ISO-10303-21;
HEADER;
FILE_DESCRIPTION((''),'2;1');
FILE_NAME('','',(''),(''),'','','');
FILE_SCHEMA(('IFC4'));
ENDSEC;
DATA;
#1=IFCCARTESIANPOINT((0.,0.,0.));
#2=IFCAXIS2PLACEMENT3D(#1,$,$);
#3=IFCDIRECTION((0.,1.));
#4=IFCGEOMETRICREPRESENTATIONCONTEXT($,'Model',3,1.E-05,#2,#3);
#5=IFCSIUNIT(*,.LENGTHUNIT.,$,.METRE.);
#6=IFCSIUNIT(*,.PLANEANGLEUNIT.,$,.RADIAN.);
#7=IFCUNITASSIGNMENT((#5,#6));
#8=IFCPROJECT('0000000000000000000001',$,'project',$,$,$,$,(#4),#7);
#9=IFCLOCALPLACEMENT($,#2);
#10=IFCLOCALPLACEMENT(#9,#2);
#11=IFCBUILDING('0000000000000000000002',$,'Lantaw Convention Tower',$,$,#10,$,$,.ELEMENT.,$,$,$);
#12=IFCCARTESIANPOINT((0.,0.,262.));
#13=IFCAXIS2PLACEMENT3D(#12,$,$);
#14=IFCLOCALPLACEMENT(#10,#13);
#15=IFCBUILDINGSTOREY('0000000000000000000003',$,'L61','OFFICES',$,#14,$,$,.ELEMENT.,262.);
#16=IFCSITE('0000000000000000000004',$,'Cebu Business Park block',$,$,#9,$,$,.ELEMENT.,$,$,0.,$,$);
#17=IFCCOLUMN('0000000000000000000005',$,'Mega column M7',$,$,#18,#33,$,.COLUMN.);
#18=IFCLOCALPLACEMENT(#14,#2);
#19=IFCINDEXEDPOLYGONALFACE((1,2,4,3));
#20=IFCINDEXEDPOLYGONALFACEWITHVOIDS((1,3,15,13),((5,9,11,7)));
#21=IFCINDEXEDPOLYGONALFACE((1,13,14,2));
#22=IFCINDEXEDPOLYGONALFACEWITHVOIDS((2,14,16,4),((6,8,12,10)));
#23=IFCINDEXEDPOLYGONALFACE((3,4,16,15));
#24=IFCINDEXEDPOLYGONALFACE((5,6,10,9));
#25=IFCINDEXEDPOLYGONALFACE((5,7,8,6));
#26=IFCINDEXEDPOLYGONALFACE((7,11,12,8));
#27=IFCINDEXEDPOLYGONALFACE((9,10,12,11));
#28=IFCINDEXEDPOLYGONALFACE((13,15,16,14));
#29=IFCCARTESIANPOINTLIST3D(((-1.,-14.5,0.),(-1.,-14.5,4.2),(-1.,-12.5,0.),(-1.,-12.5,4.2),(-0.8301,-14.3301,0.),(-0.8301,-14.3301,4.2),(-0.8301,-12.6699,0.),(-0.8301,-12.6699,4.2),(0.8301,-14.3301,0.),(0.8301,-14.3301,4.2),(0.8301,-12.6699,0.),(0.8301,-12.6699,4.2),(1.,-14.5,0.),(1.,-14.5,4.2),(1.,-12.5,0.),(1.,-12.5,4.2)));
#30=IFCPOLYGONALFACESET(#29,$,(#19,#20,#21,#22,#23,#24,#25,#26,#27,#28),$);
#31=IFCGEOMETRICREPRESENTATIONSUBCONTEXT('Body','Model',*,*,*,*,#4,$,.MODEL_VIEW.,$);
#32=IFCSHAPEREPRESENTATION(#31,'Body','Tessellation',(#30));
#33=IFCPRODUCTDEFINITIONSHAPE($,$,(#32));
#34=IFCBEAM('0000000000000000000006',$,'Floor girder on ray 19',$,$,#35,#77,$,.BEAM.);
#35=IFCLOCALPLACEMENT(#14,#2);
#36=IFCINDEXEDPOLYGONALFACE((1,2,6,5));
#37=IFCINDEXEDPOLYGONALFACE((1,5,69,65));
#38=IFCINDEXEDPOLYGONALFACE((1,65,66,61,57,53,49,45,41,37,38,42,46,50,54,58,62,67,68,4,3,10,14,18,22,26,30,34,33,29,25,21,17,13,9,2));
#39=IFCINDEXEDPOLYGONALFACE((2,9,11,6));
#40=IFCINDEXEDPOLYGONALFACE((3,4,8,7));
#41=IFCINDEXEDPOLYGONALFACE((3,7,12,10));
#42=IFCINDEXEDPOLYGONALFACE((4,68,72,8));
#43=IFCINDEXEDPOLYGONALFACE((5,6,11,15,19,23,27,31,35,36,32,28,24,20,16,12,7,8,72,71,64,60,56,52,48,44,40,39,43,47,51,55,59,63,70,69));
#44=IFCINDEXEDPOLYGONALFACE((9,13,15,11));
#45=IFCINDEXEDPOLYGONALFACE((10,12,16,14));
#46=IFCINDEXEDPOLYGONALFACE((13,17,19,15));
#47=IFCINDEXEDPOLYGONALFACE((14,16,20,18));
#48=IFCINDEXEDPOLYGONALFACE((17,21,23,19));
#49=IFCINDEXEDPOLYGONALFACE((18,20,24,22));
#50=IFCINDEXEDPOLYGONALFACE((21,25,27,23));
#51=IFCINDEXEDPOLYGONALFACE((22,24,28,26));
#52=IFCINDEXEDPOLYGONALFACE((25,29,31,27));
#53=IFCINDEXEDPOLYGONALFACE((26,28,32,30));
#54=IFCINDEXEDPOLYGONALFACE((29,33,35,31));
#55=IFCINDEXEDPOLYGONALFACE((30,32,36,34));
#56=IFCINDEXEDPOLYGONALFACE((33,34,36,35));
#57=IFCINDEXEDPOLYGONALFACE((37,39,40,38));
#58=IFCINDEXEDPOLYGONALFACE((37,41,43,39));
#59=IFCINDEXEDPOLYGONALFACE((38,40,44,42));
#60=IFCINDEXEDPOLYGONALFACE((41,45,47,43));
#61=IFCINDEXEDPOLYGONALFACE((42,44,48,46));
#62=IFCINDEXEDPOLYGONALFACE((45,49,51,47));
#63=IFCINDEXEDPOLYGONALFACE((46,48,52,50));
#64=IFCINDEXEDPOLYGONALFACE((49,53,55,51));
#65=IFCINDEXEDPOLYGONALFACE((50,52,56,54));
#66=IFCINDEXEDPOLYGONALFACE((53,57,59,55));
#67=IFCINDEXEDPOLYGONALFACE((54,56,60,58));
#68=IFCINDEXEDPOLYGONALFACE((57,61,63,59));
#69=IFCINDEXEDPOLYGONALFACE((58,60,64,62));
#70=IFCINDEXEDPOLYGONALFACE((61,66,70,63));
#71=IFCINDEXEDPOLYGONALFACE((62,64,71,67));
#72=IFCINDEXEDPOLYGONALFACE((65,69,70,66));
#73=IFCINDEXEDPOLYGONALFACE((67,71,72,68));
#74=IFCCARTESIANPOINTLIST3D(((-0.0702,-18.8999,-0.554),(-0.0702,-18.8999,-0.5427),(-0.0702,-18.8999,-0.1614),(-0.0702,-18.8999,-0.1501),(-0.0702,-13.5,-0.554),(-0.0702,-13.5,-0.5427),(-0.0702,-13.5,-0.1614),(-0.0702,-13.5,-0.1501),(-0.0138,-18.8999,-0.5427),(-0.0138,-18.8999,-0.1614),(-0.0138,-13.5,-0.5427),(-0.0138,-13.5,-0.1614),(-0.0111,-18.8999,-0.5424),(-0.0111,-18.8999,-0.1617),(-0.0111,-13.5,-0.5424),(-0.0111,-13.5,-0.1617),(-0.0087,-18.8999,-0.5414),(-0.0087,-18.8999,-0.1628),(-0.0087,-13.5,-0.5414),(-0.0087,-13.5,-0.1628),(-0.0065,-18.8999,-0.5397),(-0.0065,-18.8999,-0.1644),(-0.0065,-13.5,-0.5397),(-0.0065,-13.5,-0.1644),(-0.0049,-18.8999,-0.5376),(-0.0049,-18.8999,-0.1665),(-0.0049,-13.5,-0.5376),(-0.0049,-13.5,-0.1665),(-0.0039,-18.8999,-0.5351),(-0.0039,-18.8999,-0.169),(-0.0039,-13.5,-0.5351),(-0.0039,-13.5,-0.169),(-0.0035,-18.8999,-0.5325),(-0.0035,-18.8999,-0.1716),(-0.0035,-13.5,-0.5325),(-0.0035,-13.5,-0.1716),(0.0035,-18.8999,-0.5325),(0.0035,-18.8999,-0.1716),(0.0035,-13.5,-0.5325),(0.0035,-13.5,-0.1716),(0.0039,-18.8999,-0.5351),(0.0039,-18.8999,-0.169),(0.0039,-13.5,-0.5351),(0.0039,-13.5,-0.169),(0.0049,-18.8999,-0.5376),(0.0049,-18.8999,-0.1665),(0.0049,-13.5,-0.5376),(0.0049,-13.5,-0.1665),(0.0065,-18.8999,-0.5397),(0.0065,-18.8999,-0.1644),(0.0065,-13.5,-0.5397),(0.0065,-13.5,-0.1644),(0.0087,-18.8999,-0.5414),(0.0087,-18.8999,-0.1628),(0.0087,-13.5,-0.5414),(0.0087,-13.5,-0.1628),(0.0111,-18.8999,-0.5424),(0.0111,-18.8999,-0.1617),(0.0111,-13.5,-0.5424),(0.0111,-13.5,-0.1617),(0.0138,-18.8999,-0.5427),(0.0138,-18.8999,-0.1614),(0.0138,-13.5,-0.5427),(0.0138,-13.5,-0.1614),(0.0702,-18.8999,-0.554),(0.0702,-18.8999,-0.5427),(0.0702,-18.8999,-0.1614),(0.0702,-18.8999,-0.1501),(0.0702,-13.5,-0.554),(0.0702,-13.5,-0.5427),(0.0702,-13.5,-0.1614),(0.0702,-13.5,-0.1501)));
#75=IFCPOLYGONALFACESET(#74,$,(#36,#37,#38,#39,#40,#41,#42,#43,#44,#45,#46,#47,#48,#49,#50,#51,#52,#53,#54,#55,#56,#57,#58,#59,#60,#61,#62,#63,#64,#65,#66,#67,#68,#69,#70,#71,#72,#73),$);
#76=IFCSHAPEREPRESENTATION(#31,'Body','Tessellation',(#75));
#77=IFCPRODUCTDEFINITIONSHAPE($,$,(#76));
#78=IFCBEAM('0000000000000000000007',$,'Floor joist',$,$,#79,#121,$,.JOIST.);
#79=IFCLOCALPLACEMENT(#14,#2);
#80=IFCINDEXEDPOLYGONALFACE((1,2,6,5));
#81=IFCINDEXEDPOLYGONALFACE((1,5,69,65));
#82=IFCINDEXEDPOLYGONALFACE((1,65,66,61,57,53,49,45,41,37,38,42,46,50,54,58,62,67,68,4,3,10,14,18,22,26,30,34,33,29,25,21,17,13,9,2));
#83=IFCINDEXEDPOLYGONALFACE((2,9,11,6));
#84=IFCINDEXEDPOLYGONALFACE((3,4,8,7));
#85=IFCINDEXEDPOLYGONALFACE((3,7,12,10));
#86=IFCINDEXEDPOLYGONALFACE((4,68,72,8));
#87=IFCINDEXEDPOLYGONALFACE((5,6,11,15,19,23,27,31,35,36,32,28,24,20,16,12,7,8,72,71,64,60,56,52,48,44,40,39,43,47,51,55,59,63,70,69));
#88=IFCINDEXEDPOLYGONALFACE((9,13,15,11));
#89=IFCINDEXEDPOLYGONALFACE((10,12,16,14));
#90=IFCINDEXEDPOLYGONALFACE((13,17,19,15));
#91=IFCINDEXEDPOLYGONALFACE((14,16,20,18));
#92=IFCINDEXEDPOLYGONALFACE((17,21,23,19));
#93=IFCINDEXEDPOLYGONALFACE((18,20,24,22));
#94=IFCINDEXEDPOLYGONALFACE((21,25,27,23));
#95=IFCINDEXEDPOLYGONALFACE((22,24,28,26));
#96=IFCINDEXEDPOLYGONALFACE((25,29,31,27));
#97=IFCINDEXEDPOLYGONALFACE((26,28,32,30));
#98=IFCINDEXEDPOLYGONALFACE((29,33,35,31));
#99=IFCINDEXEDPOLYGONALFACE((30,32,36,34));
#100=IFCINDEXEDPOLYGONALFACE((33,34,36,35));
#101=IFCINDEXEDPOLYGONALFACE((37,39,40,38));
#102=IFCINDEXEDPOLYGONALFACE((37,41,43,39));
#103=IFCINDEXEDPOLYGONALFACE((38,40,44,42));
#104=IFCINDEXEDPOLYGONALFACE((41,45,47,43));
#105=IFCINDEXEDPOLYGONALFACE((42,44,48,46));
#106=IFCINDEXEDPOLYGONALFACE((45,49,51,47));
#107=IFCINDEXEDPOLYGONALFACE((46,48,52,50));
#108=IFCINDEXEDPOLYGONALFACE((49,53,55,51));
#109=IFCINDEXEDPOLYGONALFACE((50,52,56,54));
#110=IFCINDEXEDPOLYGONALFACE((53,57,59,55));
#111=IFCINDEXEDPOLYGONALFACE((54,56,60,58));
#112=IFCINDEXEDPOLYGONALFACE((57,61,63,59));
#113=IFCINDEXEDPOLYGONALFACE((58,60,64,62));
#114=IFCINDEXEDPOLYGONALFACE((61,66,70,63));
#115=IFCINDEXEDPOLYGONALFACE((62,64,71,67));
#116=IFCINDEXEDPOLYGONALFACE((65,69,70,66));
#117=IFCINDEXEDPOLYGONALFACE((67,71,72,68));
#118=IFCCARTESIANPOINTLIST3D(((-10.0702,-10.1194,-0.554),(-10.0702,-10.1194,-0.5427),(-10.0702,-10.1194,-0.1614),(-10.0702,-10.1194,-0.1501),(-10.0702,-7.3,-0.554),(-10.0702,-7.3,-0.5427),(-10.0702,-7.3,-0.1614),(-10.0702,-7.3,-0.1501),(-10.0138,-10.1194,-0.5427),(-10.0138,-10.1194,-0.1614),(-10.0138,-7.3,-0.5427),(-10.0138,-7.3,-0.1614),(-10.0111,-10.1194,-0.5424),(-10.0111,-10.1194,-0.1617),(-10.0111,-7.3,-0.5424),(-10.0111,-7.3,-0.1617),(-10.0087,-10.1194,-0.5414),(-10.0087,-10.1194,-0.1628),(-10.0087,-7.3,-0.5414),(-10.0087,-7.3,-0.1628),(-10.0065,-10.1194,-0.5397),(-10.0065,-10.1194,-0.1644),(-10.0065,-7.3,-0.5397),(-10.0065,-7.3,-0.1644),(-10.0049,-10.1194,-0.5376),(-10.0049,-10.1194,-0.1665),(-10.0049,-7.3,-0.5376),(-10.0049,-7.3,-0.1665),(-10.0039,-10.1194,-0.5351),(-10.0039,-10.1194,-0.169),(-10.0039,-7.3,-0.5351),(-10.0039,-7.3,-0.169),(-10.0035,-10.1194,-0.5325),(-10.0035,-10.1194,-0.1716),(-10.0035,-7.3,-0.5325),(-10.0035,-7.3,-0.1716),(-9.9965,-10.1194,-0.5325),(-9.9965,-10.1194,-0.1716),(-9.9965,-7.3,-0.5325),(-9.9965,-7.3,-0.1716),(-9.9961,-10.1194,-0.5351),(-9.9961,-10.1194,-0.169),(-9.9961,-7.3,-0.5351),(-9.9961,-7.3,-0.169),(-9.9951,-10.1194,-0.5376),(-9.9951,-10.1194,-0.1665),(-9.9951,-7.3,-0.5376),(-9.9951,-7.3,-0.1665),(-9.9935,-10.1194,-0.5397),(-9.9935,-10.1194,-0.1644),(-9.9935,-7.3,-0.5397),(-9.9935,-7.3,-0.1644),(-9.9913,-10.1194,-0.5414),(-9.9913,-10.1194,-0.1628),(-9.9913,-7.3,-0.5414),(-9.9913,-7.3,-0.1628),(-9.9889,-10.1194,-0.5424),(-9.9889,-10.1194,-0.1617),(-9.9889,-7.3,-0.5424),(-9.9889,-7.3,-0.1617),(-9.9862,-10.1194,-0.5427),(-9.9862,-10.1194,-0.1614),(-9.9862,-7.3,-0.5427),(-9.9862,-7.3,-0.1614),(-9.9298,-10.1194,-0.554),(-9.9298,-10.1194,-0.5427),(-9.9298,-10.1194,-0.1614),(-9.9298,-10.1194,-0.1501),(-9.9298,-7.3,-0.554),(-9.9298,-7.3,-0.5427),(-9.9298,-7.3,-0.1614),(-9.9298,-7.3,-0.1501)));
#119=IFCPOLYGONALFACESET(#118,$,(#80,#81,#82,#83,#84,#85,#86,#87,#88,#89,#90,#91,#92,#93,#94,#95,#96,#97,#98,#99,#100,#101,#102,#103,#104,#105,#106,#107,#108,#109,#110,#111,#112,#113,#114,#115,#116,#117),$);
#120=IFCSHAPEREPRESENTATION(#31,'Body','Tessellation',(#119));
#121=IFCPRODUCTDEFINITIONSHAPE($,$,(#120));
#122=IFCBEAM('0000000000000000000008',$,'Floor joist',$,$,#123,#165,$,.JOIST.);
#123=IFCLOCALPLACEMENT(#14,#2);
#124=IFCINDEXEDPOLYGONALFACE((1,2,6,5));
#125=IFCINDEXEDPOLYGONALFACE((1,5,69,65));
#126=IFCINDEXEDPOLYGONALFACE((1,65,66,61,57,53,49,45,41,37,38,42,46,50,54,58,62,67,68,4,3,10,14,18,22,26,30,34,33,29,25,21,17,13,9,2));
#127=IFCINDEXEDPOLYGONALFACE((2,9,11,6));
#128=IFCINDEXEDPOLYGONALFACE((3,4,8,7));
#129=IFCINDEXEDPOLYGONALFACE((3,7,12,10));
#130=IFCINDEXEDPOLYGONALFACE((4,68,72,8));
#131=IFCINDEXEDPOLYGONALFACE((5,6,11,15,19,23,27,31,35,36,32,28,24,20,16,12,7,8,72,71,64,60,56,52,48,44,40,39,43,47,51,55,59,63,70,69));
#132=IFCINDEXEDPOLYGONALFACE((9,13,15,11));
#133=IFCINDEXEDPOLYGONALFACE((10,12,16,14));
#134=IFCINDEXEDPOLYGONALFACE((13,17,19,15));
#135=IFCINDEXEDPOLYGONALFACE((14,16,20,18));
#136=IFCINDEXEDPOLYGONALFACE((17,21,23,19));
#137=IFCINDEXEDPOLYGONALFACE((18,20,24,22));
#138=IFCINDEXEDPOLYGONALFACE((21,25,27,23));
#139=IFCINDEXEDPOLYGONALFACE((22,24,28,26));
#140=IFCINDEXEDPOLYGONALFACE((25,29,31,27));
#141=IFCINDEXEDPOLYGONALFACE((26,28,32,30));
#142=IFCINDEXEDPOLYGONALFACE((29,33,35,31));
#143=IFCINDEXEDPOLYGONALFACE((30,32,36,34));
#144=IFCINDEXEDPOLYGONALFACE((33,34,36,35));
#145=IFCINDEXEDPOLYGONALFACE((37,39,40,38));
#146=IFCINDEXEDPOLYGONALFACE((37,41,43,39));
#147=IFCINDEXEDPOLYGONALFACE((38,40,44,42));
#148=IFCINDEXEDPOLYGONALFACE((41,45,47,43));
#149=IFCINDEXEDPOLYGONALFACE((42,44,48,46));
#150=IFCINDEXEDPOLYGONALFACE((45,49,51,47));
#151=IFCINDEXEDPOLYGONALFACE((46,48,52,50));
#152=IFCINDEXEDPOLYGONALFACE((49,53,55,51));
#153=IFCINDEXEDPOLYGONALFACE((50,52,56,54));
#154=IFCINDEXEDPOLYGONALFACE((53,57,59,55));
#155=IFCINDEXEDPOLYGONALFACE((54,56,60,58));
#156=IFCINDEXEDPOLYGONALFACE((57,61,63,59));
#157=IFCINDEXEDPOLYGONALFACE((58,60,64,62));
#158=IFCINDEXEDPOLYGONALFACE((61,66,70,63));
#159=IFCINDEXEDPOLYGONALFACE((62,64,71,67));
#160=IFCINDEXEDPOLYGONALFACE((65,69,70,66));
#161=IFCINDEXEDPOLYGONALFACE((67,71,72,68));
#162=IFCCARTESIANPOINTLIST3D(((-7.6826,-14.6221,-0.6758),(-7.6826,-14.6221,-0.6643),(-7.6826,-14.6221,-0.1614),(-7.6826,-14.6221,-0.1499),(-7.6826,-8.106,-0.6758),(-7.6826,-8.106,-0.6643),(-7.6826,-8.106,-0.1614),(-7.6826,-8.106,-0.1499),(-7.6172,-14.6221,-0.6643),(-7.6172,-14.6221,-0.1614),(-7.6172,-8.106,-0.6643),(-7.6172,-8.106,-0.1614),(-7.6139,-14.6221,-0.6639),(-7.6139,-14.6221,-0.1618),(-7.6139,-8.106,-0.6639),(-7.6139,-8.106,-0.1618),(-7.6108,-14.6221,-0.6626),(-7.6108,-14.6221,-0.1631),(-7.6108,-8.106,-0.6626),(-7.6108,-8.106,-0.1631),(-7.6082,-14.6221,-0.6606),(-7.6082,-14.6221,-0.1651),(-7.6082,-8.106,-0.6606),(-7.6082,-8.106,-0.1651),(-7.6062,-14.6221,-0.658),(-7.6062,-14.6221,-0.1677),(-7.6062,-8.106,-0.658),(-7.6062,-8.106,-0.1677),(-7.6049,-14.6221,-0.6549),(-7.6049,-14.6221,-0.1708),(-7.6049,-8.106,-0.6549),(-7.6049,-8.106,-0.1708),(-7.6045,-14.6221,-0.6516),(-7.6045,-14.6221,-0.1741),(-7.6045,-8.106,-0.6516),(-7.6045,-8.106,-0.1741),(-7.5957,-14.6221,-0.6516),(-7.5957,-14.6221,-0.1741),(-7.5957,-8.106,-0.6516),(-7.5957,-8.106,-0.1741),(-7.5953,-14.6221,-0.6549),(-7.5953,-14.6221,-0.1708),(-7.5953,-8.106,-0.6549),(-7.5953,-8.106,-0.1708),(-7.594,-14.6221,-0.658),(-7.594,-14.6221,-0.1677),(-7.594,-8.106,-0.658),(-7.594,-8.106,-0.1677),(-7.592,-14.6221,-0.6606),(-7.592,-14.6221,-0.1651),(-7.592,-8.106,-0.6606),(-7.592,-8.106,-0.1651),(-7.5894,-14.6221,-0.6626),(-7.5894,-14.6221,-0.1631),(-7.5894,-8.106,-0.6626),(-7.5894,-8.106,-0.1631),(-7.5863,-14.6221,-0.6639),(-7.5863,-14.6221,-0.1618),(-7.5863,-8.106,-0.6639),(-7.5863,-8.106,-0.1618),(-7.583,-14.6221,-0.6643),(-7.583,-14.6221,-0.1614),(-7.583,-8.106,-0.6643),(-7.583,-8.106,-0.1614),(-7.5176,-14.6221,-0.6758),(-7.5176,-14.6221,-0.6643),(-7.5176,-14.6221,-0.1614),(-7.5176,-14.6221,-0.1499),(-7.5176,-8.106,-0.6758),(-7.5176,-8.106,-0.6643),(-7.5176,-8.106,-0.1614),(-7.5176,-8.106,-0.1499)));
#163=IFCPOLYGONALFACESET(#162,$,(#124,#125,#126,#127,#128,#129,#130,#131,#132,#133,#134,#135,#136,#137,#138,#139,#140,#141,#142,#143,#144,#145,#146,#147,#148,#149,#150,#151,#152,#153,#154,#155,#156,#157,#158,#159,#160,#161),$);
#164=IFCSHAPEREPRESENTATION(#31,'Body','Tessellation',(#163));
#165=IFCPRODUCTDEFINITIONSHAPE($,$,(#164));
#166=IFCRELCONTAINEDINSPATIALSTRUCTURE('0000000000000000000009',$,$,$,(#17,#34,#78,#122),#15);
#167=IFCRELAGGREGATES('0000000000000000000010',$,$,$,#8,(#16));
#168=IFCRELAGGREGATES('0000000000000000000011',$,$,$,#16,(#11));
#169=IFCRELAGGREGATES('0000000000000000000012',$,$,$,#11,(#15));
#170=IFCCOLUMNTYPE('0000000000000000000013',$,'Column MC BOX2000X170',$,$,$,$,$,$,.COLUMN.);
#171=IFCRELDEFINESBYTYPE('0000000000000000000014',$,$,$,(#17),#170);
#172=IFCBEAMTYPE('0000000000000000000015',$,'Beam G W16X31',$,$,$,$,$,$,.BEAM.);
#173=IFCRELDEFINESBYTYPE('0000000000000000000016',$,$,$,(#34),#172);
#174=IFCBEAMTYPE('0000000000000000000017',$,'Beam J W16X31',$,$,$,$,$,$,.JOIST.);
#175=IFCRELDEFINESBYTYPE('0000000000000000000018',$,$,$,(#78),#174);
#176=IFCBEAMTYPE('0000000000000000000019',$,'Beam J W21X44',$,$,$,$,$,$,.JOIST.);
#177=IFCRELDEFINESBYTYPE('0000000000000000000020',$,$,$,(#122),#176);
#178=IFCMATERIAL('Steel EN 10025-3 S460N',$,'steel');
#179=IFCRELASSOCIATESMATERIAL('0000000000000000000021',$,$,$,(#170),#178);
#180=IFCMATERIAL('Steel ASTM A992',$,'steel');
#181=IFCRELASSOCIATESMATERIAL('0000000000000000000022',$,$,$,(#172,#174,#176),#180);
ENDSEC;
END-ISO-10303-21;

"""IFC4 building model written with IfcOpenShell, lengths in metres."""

from ifc_helpers import new_model, si_unit, direction, frame, origin, origin_2d, place, context, subcontext, project, spatial, rectangle, hollow_rectangle, i_section, extrude, material, material_profile, profile_set, type_object, element, save


model = new_model("IFC4")

# Units and contexts
model_context = context("Model", 3, precision=1e-05, world=origin(), true_north=direction((0.0, 1.0)))
body_context = subcontext(model_context, "Body", "Model", "MODEL_VIEW")
ifc_project = project(units=[si_unit("LENGTHUNIT", "METRE"), si_unit("PLANEANGLEUNIT", "RADIAN")], contexts=[model_context])

# Site, building, storey
site_placement = place(None, origin())
site = spatial("IfcSite", under=ifc_project, at=site_placement, Name="Cebu Business Park block", CompositionType="ELEMENT", RefElevation=0.0)
building_placement = place(site_placement, origin())
building = spatial("IfcBuilding", under=site, at=building_placement, Name="Lantaw Convention Tower", CompositionType="ELEMENT")
storey_placement = place(building_placement, frame((0.0, 0.0, 262.0)))
storey = spatial("IfcBuildingStorey", under=building, at=storey_placement, Name="L61", Description="OFFICES", CompositionType="ELEMENT", Elevation=262.0)

# Column
ifc_material_1 = material(Name="Steel EN 10025-3 S460N", Category="steel")
ifc_material_profile_1 = material_profile(ifc_material_1, hollow_rectangle(XDim=2.0, YDim=2.0, WallThickness=0.1699, at=origin_2d()), Name="BOX2000X170")
ifc_material_2 = material(Name="Concrete C60/75", Category="concrete")
ifc_material_profile_2 = material_profile(ifc_material_2, rectangle(XDim=1.6599, YDim=1.6599, at=origin_2d()), Name="Concrete fill of BOX2000X170")
ifc_profile_set_1 = profile_set([ifc_material_profile_1, ifc_material_profile_2], Name="Steel EN 10025-3 S460N")
column_type = type_object("IfcColumnType", Name="Column MC BOX2000X170", PredefinedType="COLUMN", material=ifc_profile_set_1)
column_placement = place(storey_placement, frame((0.0, -13.5, 0.0), z_axis=(0.0, 0.0, 1.0), x_axis=(1.0, 0.0, 0.0)))
element("IfcColumn", 1, at=column_placement, inside=storey, type_object=column_type, Name="Mega column M7", PredefinedType="COLUMN", context=body_context, shape_type="SweptSolid", body=[
    extrude(hollow_rectangle(XDim=2.0, YDim=2.0, WallThickness=0.1699, at=origin_2d()), origin(), (0.0, 0.0, 1.0), 4.2),
])

# Beams
ifc_material_3 = material(Name="Steel ASTM A992", Category="steel")
ifc_material_profile_3 = material_profile(ifc_material_3, i_section(OverallWidth=0.1404, OverallDepth=0.4038, WebThickness=0.0071, FlangeThickness=0.0112, FilletRadius=0.0103, at=origin_2d()), Name="W16X31")
ifc_profile_set_2 = profile_set([ifc_material_profile_3], Name="Steel ASTM A992")
beam_type_1 = type_object("IfcBeamType", Name="Beam G W16X31", PredefinedType="BEAM", material=ifc_profile_set_2)
beam_1_placement = place(storey_placement, frame((0.0, -13.5, -0.3521), z_axis=(0.0, -1.0, 0.0), x_axis=(1.0, 0.0, 0.0)))
element("IfcBeam", 2, at=beam_1_placement, inside=storey, type_object=beam_type_1, Name="Floor girder on ray 19", PredefinedType="BEAM", context=body_context, shape_type="SweptSolid", body=[
    extrude(i_section(OverallWidth=0.1404, OverallDepth=0.4038, WebThickness=0.0071, FlangeThickness=0.0112, FilletRadius=0.0103, at=origin_2d()), origin(), (0.0, 0.0, 1.0), 5.3999),
])
ifc_material_profile_4 = material_profile(ifc_material_3, i_section(OverallWidth=0.1404, OverallDepth=0.4038, WebThickness=0.0071, FlangeThickness=0.0112, FilletRadius=0.0103, at=origin_2d()), Name="W16X31")
ifc_profile_set_3 = profile_set([ifc_material_profile_4], Name="Steel ASTM A992")
beam_type_2 = type_object("IfcBeamType", Name="Beam J W16X31", PredefinedType="JOIST", material=ifc_profile_set_3)
beam_2_placement = place(storey_placement, frame((-10.0, -10.1194, -0.3521), z_axis=(0.0, 1.0, 0.0), x_axis=(-1.0, 0.0, 0.0)))
element("IfcBeam", 3, at=beam_2_placement, inside=storey, type_object=beam_type_2, Name="Floor joist", PredefinedType="JOIST", context=body_context, shape_type="SweptSolid", body=[
    extrude(i_section(OverallWidth=0.1404, OverallDepth=0.4038, WebThickness=0.0071, FlangeThickness=0.0112, FilletRadius=0.0103, at=origin_2d()), origin(), (0.0, 0.0, 1.0), 2.8193),
])
ifc_material_profile_5 = material_profile(ifc_material_3, i_section(OverallWidth=0.165, OverallDepth=0.5259, WebThickness=0.0088, FlangeThickness=0.0115, FilletRadius=0.0127, at=origin_2d()), Name="W21X44")
ifc_profile_set_4 = profile_set([ifc_material_profile_5], Name="Steel ASTM A992")
beam_type_3 = type_object("IfcBeamType", Name="Beam J W21X44", PredefinedType="JOIST", material=ifc_profile_set_4)
beam_3_placement = place(storey_placement, frame((-7.6001, -14.6221, -0.4128), z_axis=(0.0, 1.0, 0.0), x_axis=(-1.0, 0.0, 0.0)))
element("IfcBeam", 4, at=beam_3_placement, inside=storey, type_object=beam_type_3, Name="Floor joist", PredefinedType="JOIST", context=body_context, shape_type="SweptSolid", body=[
    extrude(i_section(OverallWidth=0.165, OverallDepth=0.5259, WebThickness=0.0088, FlangeThickness=0.0115, FilletRadius=0.0127, at=origin_2d()), origin(), (0.0, 0.0, 1.0), 6.5161),
])

save(model, "model.ifc")
